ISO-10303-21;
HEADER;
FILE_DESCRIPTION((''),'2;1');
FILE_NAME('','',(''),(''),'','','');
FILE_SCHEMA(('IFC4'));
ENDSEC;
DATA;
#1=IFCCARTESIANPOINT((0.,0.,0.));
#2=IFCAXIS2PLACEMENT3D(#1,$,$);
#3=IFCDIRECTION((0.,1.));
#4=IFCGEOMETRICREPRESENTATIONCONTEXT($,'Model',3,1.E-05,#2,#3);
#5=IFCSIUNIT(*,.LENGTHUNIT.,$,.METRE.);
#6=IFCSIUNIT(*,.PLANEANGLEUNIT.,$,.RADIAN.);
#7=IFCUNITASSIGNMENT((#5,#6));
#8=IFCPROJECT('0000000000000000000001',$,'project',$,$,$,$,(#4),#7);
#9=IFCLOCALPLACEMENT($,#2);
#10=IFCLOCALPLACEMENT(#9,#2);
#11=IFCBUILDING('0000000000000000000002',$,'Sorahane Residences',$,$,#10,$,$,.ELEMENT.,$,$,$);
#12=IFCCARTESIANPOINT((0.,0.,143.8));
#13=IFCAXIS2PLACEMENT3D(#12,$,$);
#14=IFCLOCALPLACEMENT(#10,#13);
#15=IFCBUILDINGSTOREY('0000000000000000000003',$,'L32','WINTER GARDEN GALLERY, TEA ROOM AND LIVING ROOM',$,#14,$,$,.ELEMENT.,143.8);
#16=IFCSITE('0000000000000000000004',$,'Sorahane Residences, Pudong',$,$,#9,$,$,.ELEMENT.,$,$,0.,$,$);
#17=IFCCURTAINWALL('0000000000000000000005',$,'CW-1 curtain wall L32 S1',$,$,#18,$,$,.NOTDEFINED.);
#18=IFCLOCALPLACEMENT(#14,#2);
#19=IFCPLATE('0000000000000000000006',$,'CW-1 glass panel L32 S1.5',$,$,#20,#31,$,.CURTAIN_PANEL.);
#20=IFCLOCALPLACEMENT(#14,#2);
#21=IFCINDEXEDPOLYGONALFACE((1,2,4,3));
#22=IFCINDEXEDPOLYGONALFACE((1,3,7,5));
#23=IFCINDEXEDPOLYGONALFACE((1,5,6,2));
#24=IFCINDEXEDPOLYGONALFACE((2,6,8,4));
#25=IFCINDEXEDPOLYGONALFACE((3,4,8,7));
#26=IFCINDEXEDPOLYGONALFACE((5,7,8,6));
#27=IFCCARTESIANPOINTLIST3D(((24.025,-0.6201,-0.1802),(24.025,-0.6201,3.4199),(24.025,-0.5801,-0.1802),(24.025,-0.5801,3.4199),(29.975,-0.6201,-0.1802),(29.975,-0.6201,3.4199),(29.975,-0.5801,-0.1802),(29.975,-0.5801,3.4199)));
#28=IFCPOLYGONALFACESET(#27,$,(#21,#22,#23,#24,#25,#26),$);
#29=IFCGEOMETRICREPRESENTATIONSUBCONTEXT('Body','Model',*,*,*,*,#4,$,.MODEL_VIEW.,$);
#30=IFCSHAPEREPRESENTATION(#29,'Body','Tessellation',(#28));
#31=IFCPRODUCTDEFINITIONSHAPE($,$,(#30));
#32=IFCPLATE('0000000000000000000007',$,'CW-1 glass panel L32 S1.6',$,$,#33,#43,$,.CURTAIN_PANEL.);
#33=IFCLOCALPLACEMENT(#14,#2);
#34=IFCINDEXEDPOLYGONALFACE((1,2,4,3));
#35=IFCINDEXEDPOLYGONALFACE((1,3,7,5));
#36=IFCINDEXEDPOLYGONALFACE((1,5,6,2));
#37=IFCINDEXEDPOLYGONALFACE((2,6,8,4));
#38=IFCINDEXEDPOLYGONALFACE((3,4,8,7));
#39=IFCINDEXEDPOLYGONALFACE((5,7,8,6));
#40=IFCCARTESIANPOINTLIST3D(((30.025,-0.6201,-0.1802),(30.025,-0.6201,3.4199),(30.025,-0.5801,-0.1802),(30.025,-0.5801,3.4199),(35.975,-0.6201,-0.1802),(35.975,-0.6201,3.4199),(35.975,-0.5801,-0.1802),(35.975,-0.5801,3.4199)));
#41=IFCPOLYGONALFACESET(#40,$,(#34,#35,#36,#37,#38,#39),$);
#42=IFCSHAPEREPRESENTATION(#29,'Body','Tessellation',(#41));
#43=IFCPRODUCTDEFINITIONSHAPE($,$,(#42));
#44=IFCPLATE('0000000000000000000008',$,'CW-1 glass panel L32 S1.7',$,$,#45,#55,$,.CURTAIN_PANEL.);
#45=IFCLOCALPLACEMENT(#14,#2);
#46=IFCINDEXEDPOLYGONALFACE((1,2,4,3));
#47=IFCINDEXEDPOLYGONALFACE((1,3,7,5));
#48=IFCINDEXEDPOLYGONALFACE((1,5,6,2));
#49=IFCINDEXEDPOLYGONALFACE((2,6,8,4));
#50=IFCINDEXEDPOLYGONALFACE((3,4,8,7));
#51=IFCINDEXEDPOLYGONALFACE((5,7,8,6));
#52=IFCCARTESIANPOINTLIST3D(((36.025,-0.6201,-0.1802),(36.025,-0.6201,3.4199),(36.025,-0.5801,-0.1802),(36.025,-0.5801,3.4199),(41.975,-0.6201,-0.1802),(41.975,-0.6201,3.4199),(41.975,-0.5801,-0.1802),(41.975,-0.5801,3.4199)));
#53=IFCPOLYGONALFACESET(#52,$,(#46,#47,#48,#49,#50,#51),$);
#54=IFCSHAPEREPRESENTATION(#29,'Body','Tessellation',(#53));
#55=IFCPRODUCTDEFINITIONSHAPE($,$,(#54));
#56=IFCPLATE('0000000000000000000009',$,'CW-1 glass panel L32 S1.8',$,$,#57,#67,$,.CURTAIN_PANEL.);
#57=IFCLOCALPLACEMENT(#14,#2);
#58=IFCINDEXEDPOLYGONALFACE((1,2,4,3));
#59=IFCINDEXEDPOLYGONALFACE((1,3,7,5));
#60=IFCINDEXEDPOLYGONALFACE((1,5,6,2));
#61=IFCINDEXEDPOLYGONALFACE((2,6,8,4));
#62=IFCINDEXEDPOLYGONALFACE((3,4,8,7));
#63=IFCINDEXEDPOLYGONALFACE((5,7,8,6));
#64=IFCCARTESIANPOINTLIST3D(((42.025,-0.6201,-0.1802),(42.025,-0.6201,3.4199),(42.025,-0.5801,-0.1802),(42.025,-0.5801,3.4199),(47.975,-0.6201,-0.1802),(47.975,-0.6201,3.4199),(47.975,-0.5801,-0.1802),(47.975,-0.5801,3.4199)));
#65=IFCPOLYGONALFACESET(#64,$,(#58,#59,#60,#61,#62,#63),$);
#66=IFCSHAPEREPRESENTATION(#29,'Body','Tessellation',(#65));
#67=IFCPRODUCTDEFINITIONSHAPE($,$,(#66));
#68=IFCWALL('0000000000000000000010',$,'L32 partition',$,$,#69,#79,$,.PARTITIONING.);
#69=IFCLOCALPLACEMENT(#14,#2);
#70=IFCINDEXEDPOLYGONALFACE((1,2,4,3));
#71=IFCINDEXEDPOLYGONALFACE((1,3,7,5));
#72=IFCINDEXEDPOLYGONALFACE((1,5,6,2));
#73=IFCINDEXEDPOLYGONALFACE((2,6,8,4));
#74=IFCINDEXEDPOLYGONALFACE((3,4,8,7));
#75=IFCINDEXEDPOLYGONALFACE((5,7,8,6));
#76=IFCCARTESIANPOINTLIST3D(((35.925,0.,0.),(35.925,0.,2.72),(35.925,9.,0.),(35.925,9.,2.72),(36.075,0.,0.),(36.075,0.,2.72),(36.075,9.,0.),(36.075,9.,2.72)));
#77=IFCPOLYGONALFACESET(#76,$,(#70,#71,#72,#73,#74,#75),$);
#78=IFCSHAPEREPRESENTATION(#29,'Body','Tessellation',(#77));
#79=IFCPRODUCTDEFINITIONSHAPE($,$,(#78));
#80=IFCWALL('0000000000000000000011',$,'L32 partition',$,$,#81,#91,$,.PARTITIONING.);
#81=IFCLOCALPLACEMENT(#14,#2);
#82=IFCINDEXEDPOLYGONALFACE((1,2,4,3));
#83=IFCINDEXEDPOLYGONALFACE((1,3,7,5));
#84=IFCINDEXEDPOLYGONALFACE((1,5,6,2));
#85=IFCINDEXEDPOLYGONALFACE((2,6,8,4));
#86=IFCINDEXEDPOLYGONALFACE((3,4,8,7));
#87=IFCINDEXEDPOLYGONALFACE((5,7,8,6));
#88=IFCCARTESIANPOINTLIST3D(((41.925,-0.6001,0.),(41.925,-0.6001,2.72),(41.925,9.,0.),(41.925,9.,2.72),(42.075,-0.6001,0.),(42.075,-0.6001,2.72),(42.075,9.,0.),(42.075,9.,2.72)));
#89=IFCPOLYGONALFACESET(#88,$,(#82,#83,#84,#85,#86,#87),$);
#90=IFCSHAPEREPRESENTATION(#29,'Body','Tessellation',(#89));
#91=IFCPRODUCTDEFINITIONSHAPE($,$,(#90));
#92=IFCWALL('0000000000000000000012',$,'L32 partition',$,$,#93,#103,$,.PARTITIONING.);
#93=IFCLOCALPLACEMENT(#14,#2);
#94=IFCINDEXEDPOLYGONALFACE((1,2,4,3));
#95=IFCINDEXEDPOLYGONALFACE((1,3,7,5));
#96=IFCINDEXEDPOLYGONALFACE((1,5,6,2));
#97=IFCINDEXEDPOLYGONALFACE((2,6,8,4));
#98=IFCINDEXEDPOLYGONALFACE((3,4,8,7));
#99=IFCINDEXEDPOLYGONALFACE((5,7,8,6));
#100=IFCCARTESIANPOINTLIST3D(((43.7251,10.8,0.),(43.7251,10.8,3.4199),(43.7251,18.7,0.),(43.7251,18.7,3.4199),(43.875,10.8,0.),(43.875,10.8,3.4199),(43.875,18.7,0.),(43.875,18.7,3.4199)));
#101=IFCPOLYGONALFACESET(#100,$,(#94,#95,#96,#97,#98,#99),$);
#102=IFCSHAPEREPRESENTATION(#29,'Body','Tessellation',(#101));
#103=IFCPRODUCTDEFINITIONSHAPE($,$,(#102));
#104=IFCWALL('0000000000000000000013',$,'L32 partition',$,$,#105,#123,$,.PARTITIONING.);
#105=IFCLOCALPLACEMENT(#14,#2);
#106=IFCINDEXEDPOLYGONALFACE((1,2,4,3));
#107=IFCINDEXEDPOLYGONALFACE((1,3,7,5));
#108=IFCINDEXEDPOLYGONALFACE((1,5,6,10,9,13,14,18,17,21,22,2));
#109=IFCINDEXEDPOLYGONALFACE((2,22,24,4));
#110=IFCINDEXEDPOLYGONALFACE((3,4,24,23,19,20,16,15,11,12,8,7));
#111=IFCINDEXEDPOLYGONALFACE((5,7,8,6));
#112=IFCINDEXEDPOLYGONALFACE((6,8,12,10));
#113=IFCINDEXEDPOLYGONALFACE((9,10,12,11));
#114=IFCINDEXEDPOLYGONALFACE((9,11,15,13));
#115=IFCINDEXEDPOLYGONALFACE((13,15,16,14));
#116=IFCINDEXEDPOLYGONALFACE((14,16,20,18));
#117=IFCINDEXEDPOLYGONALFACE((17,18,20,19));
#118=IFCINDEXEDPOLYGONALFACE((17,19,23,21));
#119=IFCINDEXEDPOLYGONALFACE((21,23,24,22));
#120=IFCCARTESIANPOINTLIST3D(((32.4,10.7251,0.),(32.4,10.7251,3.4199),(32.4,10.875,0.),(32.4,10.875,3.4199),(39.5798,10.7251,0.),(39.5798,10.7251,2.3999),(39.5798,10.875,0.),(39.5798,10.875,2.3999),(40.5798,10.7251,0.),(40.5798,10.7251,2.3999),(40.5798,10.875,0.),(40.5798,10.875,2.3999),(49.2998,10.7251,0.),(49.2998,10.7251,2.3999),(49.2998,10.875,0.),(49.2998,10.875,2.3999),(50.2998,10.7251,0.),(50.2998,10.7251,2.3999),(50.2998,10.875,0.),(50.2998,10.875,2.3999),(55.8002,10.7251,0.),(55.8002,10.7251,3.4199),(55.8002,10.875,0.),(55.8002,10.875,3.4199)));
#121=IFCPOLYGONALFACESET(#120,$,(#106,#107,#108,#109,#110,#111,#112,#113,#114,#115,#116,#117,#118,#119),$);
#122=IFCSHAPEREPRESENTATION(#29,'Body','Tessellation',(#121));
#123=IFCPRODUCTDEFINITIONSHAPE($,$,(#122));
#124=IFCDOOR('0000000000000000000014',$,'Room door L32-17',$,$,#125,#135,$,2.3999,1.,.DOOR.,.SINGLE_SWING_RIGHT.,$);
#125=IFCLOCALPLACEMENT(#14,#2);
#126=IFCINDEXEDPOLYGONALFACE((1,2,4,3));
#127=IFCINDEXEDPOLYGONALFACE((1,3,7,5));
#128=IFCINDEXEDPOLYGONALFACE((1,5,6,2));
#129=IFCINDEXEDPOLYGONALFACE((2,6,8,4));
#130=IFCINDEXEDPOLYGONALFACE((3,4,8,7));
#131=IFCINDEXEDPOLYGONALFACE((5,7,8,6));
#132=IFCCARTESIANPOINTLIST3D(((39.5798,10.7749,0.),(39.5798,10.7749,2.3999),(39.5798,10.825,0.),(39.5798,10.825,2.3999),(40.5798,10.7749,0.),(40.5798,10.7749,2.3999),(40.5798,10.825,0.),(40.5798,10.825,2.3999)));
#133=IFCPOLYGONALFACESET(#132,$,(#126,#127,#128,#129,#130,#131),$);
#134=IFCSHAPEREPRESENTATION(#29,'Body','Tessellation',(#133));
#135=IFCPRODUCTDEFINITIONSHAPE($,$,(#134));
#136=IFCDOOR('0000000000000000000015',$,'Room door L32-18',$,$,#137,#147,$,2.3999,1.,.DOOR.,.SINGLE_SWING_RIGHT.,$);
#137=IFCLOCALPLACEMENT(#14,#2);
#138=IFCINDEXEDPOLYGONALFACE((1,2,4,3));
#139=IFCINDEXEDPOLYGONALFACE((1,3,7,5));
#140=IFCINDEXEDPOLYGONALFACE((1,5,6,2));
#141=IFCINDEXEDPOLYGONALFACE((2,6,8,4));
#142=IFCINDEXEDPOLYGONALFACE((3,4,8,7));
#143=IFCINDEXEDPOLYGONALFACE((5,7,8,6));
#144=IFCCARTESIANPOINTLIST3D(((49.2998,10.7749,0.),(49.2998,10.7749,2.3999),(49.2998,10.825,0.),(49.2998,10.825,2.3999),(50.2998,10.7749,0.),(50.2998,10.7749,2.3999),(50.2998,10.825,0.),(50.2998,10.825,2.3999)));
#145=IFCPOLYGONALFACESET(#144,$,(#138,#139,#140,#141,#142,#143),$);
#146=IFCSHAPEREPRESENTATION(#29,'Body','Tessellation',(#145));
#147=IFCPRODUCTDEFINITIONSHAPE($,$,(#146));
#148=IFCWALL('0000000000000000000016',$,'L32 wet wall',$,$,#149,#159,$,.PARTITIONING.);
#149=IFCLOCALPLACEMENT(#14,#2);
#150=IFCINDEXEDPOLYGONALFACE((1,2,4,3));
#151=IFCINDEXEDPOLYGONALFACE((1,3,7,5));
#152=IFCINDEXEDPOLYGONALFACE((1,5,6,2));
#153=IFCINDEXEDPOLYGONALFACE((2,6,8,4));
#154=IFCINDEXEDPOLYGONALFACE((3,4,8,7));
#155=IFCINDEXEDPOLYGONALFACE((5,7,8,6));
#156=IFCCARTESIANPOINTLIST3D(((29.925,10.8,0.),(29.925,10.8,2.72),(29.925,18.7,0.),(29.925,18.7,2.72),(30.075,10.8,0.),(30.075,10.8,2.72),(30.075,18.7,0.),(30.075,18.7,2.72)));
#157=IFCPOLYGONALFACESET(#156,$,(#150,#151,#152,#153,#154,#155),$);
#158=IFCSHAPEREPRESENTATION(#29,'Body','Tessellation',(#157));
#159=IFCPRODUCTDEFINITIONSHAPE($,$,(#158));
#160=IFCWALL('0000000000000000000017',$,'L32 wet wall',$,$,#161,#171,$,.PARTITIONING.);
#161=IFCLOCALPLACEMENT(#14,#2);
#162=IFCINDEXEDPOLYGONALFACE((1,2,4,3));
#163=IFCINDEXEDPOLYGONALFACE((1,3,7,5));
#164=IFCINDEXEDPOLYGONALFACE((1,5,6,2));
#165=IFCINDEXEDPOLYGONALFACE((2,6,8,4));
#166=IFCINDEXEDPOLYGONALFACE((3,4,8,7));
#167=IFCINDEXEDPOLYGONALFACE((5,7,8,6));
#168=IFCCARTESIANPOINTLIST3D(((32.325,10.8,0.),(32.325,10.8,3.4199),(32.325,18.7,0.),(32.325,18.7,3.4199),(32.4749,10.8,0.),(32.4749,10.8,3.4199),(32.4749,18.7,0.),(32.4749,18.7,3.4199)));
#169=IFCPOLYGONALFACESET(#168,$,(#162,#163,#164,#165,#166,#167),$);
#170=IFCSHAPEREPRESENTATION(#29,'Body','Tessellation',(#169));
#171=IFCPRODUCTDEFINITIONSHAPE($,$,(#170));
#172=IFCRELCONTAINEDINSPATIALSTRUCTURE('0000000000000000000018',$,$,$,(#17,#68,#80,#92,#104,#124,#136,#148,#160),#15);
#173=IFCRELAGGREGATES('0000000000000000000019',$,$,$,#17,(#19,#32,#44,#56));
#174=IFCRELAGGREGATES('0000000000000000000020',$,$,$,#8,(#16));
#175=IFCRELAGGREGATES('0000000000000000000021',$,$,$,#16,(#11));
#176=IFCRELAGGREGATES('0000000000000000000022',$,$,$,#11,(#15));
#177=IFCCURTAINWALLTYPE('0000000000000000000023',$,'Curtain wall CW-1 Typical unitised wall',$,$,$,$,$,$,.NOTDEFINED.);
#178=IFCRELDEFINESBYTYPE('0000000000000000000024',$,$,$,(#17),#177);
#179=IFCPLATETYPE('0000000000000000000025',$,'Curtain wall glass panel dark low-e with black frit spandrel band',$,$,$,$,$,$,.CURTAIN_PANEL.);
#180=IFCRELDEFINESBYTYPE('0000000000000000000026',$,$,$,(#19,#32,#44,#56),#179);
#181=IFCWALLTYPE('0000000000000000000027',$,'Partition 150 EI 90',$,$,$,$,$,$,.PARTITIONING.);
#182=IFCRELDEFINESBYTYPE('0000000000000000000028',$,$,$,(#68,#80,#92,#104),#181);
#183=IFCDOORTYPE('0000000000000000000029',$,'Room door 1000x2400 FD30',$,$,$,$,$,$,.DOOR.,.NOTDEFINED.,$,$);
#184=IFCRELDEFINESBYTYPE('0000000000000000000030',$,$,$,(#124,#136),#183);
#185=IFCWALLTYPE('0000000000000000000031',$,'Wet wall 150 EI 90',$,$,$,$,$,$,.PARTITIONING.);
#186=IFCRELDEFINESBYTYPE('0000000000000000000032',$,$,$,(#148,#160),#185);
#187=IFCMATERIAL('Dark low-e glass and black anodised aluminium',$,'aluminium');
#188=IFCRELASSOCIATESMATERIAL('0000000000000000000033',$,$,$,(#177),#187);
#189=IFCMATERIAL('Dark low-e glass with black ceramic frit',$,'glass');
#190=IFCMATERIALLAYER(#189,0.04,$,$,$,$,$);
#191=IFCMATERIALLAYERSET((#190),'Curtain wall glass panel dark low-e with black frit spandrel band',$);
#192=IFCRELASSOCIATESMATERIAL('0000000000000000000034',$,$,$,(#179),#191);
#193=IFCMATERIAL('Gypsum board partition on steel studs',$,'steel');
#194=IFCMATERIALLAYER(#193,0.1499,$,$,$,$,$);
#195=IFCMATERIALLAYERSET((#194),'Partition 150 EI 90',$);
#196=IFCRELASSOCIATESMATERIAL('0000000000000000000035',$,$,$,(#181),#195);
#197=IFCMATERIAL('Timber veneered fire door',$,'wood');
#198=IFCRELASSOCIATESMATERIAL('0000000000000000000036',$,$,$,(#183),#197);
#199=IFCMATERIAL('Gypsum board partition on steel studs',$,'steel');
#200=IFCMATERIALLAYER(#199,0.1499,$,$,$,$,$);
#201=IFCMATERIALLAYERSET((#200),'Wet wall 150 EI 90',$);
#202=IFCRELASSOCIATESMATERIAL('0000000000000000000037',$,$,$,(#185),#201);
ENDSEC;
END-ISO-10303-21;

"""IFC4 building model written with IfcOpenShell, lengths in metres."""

from ifc_helpers import new_model, si_unit, direction, frame, frame_2d, origin, origin_2d, place, context, subcontext, project, spatial, rectangle, extrude, material, layer, layer_set, type_object, element, fill, aggregate, save


model = new_model("IFC4")

# Units and contexts
model_context = context("Model", 3, precision=1e-05, world=origin(), true_north=direction((0.0, 1.0)))
body_context = subcontext(model_context, "Body", "Model", "MODEL_VIEW")
ifc_project = project(units=[si_unit("LENGTHUNIT", "METRE"), si_unit("PLANEANGLEUNIT", "RADIAN")], contexts=[model_context])

# Site, building, storey
site_placement = place(None, origin())
site = spatial("IfcSite", under=ifc_project, at=site_placement, Name="Sorahane Residences, Pudong", CompositionType="ELEMENT", RefElevation=0.0)
building_placement = place(site_placement, origin())
building = spatial("IfcBuilding", under=site, at=building_placement, Name="Sorahane Residences", CompositionType="ELEMENT")
storey_placement = place(building_placement, frame((0.0, 0.0, 143.8)))
storey = spatial("IfcBuildingStorey", under=building, at=storey_placement, Name="L32", Description="WINTER GARDEN GALLERY, TEA ROOM AND LIVING ROOM", CompositionType="ELEMENT", Elevation=143.8)

# Curtain wall
ifc_material_1 = material(Name="Dark low-e glass and black anodised aluminium", Category="aluminium")
curtain_wall_type = type_object("IfcCurtainWallType", Name="Curtain wall CW-1 Typical unitised wall", PredefinedType="NOTDEFINED", material=ifc_material_1)
curtain_wall_placement = place(storey_placement, origin())
curtain_wall = element("IfcCurtainWall", 1, at=curtain_wall_placement, inside=storey, type_object=curtain_wall_type, Name="CW-1 curtain wall L32 S1", PredefinedType="NOTDEFINED")

# Plates
ifc_material_2 = material(Name="Dark low-e glass with black ceramic frit", Category="glass")
ifc_layer_1 = layer(ifc_material_2, 0.04)
ifc_layer_set_1 = layer_set([ifc_layer_1], Name="Curtain wall glass panel dark low-e with black frit spandrel band")
plate_type = type_object("IfcPlateType", Name="Curtain wall glass panel dark low-e with black frit spandrel band", PredefinedType="CURTAIN_PANEL", material=ifc_layer_set_1)
plate_1_placement = place(storey_placement, frame((27.0, -0.6001, -0.1802), z_axis=(0.0, 0.0, 1.0), x_axis=(1.0, 0.0, 0.0)))
plate_1 = element("IfcPlate", 2, at=plate_1_placement, type_object=plate_type, Name="CW-1 glass panel L32 S1.5", PredefinedType="CURTAIN_PANEL", context=body_context, shape_type="SweptSolid", body=[
    extrude(rectangle(XDim=5.95, YDim=0.04, at=origin_2d()), origin(), (0.0, 0.0, 1.0), 3.6001),
])
plate_2_placement = place(storey_placement, frame((33.0, -0.6001, -0.1802), z_axis=(0.0, 0.0, 1.0), x_axis=(1.0, 0.0, 0.0)))
plate_2 = element("IfcPlate", 3, at=plate_2_placement, type_object=plate_type, Name="CW-1 glass panel L32 S1.6", PredefinedType="CURTAIN_PANEL", context=body_context, shape_type="SweptSolid", body=[
    extrude(rectangle(XDim=5.95, YDim=0.04, at=origin_2d()), origin(), (0.0, 0.0, 1.0), 3.6001),
])
plate_3_placement = place(storey_placement, frame((39.0, -0.6001, -0.1802), z_axis=(0.0, 0.0, 1.0), x_axis=(1.0, 0.0, 0.0)))
plate_3 = element("IfcPlate", 4, at=plate_3_placement, type_object=plate_type, Name="CW-1 glass panel L32 S1.7", PredefinedType="CURTAIN_PANEL", context=body_context, shape_type="SweptSolid", body=[
    extrude(rectangle(XDim=5.95, YDim=0.04, at=origin_2d()), origin(), (0.0, 0.0, 1.0), 3.6001),
])
plate_4_placement = place(storey_placement, frame((45.0, -0.6001, -0.1802), z_axis=(0.0, 0.0, 1.0), x_axis=(1.0, 0.0, 0.0)))
plate_4 = element("IfcPlate", 5, at=plate_4_placement, type_object=plate_type, Name="CW-1 glass panel L32 S1.8", PredefinedType="CURTAIN_PANEL", context=body_context, shape_type="SweptSolid", body=[
    extrude(rectangle(XDim=5.95, YDim=0.04, at=origin_2d()), origin(), (0.0, 0.0, 1.0), 3.6001),
])
aggregate(curtain_wall, [plate_1, plate_2, plate_3, plate_4])

# Walls
ifc_material_3 = material(Name="Gypsum board partition on steel studs", Category="steel")
ifc_layer_2 = layer(ifc_material_3, 0.1499)
ifc_layer_set_2 = layer_set([ifc_layer_2], Name="Partition 150 EI 90")
wall_type_1 = type_object("IfcWallType", Name="Partition 150 EI 90", PredefinedType="PARTITIONING", material=ifc_layer_set_2)
wall_1_placement = place(storey_placement, frame((36.0, 0.0, 0.0), z_axis=(0.0, 0.0, 1.0), x_axis=(0.0, 1.0, 0.0)))
element("IfcWall", 6, at=wall_1_placement, inside=storey, type_object=wall_type_1, Name="L32 partition", PredefinedType="PARTITIONING", context=body_context, shape_type="SweptSolid", body=[
    extrude(rectangle(XDim=9.0, YDim=0.1499, at=frame_2d((4.5, 0.0))), origin(), (0.0, 0.0, 1.0), 2.72),
])
wall_2_placement = place(storey_placement, frame((42.0, -0.6001, 0.0), z_axis=(0.0, 0.0, 1.0), x_axis=(0.0, 1.0, 0.0)))
element("IfcWall", 7, at=wall_2_placement, inside=storey, type_object=wall_type_1, Name="L32 partition", PredefinedType="PARTITIONING", context=body_context, shape_type="SweptSolid", body=[
    extrude(rectangle(XDim=9.6001, YDim=0.1499, at=frame_2d((4.8, 0.0))), origin(), (0.0, 0.0, 1.0), 2.72),
])
wall_3_placement = place(storey_placement, frame((43.8, 10.8, 0.0), z_axis=(0.0, 0.0, 1.0), x_axis=(0.0, 1.0, 0.0)))
element("IfcWall", 8, at=wall_3_placement, inside=storey, type_object=wall_type_1, Name="L32 partition", PredefinedType="PARTITIONING", context=body_context, shape_type="SweptSolid", body=[
    extrude(rectangle(XDim=7.8999, YDim=0.1499, at=frame_2d((3.95, 0.0))), origin(), (0.0, 0.0, 1.0), 3.4199),
])

# Wall, openings, doors
wall_4_placement = place(storey_placement, frame((32.3999, 10.8, 0.0), z_axis=(0.0, 0.0, 1.0), x_axis=(1.0, 0.0, 0.0)))
wall_4 = element("IfcWall", 9, at=wall_4_placement, inside=storey, type_object=wall_type_1, Name="L32 partition", PredefinedType="PARTITIONING", context=body_context, shape_type="SweptSolid", body=[
    extrude(rectangle(XDim=23.4001, YDim=0.1499, at=frame_2d((11.7002, 0.0))), origin(), (0.0, 0.0, 1.0), 3.4199),
])
opening_1_placement = place(wall_4_placement, frame((7.1799, 0.0, 0.0)))
opening_1 = element("IfcOpeningElement", 10, at=opening_1_placement, cuts=wall_4, PredefinedType="OPENING", context=body_context, shape_type="SweptSolid", body=[
    extrude(rectangle(XDim=1.0, YDim=2.3999, at=frame_2d((0.5, 1.2))), frame((0.0, 0.085, 0.0), z_axis=(0.0, -1.0, 0.0), x_axis=(1.0, 0.0, 0.0)), (0.0, 0.0, 1.0), 0.1699),
])
opening_2_placement = place(wall_4_placement, frame((16.8999, 0.0, 0.0)))
opening_2 = element("IfcOpeningElement", 11, at=opening_2_placement, cuts=wall_4, PredefinedType="OPENING", context=body_context, shape_type="SweptSolid", body=[
    extrude(rectangle(XDim=1.0, YDim=2.3999, at=frame_2d((0.5, 1.2))), frame((0.0, 0.085, 0.0), z_axis=(0.0, -1.0, 0.0), x_axis=(1.0, 0.0, 0.0)), (0.0, 0.0, 1.0), 0.1699),
])
ifc_material_4 = material(Name="Timber veneered fire door", Category="wood")
door_type_1 = type_object("IfcDoorType", Name="Room door 1000x2400 FD30", OperationType="NOTDEFINED", PredefinedType="DOOR", material=ifc_material_4)
door_1_placement = place(opening_1_placement, origin())
door_1 = element("IfcDoor", 12, at=door_1_placement, inside=storey, type_object=door_type_1, Name="Room door L32-17", OperationType="SINGLE_SWING_RIGHT", OverallHeight=2.3999, OverallWidth=1.0, PredefinedType="DOOR", context=body_context, shape_type="SweptSolid", body=[
    extrude(rectangle(XDim=1.0, YDim=2.3999, at=frame_2d((0.5, 1.2))), frame((0.0, 0.0249, 0.0), z_axis=(0.0, -1.0, 0.0), x_axis=(1.0, 0.0, 0.0)), (0.0, 0.0, 1.0), 0.05),
])
fill(opening_1, door_1)
door_2_placement = place(opening_2_placement, origin())
door_2 = element("IfcDoor", 13, at=door_2_placement, inside=storey, type_object=door_type_1, Name="Room door L32-18", OperationType="SINGLE_SWING_RIGHT", OverallHeight=2.3999, OverallWidth=1.0, PredefinedType="DOOR", context=body_context, shape_type="SweptSolid", body=[
    extrude(rectangle(XDim=1.0, YDim=2.3999, at=frame_2d((0.5, 1.2))), frame((0.0, 0.0249, 0.0), z_axis=(0.0, -1.0, 0.0), x_axis=(1.0, 0.0, 0.0)), (0.0, 0.0, 1.0), 0.05),
])
fill(opening_2, door_2)

# Walls
ifc_material_5 = material(Name="Gypsum board partition on steel studs", Category="steel")
ifc_layer_3 = layer(ifc_material_5, 0.1499)
ifc_layer_set_3 = layer_set([ifc_layer_3], Name="Wet wall 150 EI 90")
wall_type_2 = type_object("IfcWallType", Name="Wet wall 150 EI 90", PredefinedType="PARTITIONING", material=ifc_layer_set_3)
wall_5_placement = place(storey_placement, frame((30.0, 10.8, 0.0), z_axis=(0.0, 0.0, 1.0), x_axis=(0.0, 1.0, 0.0)))
element("IfcWall", 14, at=wall_5_placement, inside=storey, type_object=wall_type_2, Name="L32 wet wall", PredefinedType="PARTITIONING", context=body_context, shape_type="SweptSolid", body=[
    extrude(rectangle(XDim=7.8999, YDim=0.1499, at=frame_2d((3.95, 0.0))), origin(), (0.0, 0.0, 1.0), 2.72),
])
wall_6_placement = place(storey_placement, frame((32.3999, 10.8, 0.0), z_axis=(0.0, 0.0, 1.0), x_axis=(0.0, 1.0, 0.0)))
element("IfcWall", 15, at=wall_6_placement, inside=storey, type_object=wall_type_2, Name="L32 wet wall", PredefinedType="PARTITIONING", context=body_context, shape_type="SweptSolid", body=[
    extrude(rectangle(XDim=7.8999, YDim=0.1499, at=frame_2d((3.95, 0.0))), origin(), (0.0, 0.0, 1.0), 3.4199),
])

save(model, "model.ifc")
